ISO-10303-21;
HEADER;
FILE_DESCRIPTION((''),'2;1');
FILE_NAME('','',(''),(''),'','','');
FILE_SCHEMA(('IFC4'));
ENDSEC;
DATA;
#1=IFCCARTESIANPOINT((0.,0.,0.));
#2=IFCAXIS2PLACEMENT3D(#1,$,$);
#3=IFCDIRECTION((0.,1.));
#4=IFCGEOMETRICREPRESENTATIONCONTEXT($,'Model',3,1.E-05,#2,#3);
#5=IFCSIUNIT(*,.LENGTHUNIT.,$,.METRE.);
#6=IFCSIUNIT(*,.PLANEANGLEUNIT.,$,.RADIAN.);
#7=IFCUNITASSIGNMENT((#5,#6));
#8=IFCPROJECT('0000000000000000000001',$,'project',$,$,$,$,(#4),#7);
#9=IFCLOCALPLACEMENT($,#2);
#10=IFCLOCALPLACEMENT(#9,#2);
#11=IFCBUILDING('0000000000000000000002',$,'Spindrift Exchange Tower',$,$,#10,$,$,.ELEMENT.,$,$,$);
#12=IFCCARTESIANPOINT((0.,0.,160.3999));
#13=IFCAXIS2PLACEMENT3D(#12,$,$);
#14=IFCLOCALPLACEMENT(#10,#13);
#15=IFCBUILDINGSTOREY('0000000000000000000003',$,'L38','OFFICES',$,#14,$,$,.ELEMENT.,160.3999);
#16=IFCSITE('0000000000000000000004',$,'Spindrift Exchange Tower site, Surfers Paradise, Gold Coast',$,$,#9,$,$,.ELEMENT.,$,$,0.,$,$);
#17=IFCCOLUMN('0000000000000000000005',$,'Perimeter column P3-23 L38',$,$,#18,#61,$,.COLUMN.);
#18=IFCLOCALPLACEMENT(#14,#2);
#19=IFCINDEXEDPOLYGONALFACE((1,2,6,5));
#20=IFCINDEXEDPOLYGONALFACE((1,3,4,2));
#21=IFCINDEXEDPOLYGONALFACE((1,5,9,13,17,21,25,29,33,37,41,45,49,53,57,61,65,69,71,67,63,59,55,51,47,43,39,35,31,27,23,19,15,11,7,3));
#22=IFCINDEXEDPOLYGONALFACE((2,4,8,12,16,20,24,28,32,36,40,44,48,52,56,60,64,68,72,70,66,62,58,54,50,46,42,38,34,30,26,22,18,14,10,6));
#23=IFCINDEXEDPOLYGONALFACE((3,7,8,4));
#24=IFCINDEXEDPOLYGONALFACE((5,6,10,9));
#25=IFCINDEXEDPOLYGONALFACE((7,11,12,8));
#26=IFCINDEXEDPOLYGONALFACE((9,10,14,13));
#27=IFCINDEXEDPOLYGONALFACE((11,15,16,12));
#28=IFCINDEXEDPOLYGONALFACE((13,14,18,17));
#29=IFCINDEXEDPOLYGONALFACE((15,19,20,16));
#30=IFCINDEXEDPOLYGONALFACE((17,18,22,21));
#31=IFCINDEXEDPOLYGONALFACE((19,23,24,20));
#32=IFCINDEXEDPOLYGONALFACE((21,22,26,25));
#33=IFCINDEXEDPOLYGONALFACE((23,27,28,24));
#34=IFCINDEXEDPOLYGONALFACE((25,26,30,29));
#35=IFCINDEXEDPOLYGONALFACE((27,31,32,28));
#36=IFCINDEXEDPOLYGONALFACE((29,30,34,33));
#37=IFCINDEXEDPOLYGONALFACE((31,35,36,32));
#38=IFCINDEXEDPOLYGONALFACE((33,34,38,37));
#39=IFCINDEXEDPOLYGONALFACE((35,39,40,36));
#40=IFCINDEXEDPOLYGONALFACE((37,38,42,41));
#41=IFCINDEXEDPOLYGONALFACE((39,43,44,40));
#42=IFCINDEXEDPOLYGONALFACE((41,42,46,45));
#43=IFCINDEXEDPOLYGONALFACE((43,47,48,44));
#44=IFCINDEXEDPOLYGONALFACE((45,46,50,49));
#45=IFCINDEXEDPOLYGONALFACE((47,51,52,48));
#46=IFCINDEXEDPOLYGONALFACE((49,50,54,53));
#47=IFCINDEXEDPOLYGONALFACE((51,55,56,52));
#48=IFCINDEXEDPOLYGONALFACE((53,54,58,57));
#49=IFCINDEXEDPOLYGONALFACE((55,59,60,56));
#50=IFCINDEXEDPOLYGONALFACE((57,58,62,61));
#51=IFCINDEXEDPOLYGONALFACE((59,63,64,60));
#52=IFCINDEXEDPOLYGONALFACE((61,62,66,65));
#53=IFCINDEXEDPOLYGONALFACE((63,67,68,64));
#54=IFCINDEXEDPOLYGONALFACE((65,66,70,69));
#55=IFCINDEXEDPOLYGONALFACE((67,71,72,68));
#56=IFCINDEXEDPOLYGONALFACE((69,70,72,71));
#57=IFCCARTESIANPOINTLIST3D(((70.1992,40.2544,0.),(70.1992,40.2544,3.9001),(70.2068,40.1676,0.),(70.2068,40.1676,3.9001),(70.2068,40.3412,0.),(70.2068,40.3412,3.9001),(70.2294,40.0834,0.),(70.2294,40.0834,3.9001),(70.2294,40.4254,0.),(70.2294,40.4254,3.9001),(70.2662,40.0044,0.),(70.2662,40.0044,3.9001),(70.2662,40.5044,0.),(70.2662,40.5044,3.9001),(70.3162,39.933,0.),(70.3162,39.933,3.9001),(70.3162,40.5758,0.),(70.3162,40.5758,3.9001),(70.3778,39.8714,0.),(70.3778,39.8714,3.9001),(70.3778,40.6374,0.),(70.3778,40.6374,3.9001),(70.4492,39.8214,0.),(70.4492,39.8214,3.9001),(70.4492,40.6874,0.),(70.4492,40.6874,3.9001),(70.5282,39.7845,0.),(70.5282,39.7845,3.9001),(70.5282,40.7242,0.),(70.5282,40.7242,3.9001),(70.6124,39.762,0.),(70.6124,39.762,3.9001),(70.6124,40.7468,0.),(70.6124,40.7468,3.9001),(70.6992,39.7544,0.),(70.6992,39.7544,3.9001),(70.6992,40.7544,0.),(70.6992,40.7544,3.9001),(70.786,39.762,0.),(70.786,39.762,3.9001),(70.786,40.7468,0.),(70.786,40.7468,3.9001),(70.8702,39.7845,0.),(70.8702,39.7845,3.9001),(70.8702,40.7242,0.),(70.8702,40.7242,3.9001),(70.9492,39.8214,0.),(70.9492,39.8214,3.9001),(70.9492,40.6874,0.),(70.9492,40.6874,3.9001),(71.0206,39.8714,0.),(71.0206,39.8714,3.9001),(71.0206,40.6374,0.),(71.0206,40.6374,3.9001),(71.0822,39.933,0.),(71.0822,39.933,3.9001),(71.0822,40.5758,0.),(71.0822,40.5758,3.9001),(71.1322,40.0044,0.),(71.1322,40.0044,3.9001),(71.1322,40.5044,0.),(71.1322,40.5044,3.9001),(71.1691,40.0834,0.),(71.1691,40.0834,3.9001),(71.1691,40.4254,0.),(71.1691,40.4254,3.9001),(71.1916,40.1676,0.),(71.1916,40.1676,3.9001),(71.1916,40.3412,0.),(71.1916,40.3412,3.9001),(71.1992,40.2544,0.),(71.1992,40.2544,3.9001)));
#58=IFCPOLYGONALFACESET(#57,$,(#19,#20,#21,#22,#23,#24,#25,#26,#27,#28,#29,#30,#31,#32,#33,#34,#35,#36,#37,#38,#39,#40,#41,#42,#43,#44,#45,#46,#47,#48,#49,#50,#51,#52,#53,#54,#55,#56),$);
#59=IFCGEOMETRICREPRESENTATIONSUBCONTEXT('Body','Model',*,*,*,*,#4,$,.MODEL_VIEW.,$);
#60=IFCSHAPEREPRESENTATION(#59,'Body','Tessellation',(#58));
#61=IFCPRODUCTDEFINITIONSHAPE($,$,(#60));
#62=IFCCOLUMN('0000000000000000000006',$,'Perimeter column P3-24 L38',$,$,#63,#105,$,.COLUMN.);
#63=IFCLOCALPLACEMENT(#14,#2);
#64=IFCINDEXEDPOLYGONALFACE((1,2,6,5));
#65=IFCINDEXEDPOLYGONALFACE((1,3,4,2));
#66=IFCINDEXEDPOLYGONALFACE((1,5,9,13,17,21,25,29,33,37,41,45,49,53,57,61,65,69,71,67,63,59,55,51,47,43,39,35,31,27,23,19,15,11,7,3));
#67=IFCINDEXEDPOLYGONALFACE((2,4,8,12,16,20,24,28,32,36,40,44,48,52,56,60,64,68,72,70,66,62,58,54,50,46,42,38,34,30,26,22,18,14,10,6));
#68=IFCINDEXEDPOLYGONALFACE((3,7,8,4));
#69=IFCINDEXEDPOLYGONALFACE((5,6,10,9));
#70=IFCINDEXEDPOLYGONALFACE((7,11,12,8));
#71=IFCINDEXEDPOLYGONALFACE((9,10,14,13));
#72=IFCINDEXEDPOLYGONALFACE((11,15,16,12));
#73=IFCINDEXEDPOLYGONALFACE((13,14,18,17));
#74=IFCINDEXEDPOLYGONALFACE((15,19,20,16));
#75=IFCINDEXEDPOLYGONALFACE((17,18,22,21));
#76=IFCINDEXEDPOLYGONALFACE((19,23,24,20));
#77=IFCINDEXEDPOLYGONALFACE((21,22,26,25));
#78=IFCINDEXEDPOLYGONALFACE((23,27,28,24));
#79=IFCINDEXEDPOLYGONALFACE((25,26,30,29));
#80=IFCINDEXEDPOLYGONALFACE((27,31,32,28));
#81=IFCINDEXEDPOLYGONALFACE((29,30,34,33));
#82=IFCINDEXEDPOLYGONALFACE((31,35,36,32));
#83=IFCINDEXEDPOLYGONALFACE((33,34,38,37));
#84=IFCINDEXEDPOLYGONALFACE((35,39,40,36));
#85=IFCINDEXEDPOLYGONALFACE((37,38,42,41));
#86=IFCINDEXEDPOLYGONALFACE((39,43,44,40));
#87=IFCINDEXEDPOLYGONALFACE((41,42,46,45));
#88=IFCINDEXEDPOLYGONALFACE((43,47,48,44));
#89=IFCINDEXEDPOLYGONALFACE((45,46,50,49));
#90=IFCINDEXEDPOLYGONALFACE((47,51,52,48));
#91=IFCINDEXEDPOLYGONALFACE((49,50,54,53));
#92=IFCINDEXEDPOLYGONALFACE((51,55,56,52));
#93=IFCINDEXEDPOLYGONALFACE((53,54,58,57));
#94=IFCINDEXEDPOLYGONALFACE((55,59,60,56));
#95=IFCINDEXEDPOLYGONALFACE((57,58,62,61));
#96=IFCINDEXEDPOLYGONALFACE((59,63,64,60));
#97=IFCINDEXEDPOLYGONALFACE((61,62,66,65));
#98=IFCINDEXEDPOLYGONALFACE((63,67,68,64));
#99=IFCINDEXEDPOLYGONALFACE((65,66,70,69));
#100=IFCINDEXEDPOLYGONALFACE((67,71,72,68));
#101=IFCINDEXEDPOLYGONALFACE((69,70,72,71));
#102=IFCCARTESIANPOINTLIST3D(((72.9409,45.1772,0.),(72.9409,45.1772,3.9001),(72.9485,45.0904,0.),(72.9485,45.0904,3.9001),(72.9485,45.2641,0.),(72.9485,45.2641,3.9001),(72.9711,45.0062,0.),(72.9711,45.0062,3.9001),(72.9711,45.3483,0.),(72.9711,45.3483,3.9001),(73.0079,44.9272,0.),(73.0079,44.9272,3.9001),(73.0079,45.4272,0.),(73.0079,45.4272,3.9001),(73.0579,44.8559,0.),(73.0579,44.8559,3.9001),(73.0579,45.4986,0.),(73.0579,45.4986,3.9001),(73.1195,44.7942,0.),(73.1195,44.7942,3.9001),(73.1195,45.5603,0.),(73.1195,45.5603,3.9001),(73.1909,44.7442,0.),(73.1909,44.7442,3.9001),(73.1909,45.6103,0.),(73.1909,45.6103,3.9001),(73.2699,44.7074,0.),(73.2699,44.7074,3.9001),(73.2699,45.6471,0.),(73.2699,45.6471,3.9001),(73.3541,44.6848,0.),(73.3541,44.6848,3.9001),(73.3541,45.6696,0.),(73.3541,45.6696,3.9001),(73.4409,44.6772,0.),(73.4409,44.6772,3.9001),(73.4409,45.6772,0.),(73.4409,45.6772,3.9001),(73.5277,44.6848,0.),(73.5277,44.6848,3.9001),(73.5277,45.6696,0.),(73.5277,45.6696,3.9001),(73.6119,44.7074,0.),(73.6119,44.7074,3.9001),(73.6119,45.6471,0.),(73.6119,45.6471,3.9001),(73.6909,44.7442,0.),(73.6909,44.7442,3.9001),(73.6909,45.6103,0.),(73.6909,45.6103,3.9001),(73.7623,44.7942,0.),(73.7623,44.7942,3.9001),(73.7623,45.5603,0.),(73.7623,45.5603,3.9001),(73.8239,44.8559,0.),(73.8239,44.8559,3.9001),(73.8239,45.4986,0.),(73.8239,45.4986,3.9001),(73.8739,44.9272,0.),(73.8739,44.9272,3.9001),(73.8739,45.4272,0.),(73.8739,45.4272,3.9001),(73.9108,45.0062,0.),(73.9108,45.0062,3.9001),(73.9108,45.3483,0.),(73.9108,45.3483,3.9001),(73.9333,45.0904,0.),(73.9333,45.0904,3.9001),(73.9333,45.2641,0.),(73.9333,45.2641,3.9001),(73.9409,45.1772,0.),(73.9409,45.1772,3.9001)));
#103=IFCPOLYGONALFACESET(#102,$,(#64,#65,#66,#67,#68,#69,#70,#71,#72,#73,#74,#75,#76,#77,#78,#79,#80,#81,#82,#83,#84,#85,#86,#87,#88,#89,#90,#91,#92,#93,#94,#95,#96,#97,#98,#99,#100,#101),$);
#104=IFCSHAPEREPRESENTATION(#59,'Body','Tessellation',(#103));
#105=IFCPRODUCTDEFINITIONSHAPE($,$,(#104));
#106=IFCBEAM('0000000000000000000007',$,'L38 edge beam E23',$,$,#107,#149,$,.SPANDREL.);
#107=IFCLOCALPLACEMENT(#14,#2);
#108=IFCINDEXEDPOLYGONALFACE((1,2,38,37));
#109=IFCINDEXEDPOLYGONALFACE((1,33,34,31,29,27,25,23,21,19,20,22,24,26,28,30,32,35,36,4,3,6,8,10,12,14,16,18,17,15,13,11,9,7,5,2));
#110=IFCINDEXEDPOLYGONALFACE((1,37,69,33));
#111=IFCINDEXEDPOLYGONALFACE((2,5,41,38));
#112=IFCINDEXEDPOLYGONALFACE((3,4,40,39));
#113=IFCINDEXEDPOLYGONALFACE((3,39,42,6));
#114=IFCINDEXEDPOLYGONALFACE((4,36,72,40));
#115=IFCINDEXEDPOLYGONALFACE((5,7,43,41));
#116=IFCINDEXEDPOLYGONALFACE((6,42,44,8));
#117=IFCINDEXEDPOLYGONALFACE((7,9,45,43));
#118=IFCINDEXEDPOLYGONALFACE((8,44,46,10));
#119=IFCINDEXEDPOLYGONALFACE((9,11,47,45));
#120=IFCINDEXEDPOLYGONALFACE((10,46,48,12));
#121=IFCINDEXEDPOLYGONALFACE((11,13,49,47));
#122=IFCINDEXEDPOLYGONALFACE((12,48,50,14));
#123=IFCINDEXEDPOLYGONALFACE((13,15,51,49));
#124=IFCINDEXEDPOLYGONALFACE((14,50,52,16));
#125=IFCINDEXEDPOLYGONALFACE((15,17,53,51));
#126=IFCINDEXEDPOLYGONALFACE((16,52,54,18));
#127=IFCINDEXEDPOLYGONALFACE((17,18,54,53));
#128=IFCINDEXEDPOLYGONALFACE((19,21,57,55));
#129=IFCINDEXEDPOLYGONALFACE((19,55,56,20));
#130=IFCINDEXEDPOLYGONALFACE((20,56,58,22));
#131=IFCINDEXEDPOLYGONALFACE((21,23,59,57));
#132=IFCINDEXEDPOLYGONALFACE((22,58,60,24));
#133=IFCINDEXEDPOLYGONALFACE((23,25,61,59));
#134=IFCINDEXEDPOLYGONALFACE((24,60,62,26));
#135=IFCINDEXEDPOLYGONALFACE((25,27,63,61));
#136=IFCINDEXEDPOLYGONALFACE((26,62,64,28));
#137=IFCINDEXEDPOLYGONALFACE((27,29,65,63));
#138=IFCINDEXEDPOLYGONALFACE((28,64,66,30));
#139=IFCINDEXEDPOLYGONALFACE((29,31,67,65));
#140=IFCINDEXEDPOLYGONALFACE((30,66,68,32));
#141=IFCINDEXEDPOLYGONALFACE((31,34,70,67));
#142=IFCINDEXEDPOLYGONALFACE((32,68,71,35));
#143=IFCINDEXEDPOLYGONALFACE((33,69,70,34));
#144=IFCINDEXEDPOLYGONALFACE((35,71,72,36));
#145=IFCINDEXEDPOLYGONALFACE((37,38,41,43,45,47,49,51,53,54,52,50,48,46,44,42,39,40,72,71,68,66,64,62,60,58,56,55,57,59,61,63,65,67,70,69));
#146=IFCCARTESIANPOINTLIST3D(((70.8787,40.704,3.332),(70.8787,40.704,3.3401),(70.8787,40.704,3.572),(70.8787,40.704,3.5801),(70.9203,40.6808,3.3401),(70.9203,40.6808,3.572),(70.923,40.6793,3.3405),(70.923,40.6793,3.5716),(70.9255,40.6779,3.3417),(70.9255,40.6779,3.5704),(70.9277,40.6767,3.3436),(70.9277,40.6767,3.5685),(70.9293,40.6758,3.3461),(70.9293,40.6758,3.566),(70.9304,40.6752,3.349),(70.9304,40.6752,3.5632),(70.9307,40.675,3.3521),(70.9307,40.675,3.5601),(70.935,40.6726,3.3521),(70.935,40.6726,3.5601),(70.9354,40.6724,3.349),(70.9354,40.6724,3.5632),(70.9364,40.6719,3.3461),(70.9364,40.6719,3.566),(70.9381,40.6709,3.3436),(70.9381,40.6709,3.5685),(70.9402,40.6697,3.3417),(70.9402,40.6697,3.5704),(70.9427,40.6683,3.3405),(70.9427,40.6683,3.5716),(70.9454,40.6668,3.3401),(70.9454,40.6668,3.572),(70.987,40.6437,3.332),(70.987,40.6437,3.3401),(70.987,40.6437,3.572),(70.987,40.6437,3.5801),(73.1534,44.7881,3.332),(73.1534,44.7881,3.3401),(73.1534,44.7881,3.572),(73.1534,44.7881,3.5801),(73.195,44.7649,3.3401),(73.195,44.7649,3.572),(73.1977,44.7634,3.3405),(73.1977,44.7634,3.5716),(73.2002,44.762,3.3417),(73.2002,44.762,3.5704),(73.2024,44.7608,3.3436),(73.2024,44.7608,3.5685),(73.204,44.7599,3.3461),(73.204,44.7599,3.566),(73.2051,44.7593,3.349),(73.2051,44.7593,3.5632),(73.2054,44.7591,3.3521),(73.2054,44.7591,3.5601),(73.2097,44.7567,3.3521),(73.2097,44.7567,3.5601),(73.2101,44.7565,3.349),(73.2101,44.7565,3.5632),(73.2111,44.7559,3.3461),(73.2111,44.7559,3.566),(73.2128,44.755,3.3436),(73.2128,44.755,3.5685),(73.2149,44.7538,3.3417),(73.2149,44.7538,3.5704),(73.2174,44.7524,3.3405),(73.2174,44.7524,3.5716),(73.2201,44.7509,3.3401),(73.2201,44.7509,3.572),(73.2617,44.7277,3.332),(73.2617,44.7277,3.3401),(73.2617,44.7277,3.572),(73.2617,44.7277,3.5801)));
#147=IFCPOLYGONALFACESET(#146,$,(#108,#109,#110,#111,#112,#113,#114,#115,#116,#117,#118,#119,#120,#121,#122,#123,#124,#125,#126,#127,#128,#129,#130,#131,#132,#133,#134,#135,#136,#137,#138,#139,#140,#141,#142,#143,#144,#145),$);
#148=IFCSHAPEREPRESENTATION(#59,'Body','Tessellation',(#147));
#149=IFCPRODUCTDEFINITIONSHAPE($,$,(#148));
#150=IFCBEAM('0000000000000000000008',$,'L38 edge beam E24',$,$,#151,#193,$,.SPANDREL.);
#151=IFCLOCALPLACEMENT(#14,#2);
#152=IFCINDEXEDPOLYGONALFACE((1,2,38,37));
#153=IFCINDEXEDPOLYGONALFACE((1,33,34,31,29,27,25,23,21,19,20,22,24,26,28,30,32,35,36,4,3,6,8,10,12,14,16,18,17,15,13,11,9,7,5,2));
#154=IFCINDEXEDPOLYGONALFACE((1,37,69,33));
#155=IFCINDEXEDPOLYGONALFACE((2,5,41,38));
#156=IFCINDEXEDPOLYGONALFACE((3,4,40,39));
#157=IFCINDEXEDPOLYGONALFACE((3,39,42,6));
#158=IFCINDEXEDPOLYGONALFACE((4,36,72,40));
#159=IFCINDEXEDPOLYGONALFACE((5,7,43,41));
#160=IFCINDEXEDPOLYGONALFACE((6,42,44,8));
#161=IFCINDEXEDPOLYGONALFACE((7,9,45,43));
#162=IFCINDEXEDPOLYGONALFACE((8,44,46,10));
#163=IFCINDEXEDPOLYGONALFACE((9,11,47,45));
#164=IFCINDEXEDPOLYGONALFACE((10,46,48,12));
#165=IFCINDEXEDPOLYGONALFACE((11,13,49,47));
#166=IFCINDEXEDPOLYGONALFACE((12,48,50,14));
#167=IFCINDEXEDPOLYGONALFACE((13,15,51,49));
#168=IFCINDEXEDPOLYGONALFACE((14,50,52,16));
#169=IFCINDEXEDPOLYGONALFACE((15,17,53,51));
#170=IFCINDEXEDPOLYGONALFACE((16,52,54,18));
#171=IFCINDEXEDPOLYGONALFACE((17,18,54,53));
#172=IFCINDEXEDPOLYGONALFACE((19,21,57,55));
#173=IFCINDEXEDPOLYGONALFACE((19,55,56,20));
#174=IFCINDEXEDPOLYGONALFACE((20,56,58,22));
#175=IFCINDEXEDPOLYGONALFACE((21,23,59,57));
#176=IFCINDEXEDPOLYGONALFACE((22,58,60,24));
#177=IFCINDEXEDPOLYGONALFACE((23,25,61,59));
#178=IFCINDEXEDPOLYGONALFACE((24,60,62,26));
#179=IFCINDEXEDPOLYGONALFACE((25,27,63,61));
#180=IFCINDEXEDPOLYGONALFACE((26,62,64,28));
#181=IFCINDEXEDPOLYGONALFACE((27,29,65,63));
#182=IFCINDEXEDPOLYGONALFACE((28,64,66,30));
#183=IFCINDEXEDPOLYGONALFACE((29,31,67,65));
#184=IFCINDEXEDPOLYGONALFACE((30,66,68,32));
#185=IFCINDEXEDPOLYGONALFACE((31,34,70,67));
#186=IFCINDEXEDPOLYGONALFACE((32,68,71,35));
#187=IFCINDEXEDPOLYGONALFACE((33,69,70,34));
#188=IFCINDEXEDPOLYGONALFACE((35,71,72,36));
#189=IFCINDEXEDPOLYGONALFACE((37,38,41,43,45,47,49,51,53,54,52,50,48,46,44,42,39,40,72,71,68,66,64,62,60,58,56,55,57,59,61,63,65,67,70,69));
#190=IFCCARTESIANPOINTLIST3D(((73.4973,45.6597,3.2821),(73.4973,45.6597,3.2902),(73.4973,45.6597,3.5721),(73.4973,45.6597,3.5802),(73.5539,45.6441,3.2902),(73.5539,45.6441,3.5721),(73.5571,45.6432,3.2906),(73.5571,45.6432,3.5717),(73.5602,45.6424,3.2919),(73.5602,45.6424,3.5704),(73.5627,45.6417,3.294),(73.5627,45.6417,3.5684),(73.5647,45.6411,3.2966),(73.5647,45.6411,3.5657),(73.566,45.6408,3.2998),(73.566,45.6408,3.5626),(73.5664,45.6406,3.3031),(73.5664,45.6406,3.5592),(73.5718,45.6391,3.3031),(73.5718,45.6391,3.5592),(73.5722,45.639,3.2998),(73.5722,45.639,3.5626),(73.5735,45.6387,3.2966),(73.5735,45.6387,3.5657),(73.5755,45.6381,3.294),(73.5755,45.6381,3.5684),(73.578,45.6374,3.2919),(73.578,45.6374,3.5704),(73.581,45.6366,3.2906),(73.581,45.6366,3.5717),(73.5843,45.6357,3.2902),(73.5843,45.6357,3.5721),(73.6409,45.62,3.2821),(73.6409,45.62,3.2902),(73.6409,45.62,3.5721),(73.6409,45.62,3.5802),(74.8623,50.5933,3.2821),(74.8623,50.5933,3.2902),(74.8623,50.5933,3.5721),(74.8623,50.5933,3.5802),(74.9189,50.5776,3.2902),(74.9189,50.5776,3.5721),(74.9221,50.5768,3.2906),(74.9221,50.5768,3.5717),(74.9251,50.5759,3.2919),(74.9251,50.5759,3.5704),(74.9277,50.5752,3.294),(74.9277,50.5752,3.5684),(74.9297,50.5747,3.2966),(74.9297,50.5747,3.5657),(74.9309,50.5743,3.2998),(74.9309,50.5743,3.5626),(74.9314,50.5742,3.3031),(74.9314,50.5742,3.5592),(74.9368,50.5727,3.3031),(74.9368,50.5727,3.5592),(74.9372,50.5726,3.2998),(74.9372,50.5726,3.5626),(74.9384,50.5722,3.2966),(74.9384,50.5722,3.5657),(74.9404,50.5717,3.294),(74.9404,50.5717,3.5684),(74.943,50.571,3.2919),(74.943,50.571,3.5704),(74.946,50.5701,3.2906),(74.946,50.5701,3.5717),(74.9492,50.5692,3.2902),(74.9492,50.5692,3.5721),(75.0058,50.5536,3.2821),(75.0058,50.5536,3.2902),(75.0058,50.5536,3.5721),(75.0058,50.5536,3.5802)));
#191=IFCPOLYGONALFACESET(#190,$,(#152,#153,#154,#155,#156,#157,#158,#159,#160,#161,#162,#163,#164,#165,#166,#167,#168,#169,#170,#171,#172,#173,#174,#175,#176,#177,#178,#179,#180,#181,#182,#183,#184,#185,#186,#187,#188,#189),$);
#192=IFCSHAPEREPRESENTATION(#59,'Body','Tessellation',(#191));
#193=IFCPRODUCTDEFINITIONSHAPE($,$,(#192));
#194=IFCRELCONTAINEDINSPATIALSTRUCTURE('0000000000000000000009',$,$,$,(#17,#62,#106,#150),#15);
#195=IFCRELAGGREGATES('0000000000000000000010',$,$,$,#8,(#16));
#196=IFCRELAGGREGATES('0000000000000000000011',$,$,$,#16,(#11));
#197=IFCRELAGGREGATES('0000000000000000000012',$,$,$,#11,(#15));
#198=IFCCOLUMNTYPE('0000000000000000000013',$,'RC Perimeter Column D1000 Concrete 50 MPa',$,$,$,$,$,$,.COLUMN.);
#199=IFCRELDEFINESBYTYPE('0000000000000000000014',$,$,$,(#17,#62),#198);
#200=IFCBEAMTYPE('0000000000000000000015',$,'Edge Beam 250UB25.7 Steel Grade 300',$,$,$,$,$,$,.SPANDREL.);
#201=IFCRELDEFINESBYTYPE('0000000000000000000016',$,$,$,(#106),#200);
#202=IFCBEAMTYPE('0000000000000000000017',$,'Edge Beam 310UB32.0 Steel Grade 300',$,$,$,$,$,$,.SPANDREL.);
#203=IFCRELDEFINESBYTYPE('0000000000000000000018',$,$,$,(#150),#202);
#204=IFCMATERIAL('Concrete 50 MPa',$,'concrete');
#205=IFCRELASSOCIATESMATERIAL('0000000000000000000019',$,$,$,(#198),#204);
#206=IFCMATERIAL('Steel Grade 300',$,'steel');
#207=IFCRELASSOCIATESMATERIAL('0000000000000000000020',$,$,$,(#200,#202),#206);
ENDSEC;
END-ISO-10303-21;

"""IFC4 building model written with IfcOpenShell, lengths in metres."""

from ifc_helpers import new_model, si_unit, direction, frame, origin, origin_2d, place, context, subcontext, project, spatial, circle, i_section, extrude, source, transform, mapped, material, material_profile, profile_set, type_object, element, save


model = new_model("IFC4")

# Units and contexts
model_context = context("Model", 3, precision=1e-05, world=origin(), true_north=direction((0.0, 1.0)))
body_context = subcontext(model_context, "Body", "Model", "MODEL_VIEW")
ifc_project = project(units=[si_unit("LENGTHUNIT", "METRE"), si_unit("PLANEANGLEUNIT", "RADIAN")], contexts=[model_context])

# Site, building, storey
site_placement = place(None, origin())
site = spatial("IfcSite", under=ifc_project, at=site_placement, Name="Spindrift Exchange Tower site, Surfers Paradise, Gold Coast", CompositionType="ELEMENT", RefElevation=0.0)
building_placement = place(site_placement, origin())
building = spatial("IfcBuilding", under=site, at=building_placement, Name="Spindrift Exchange Tower", CompositionType="ELEMENT")
storey_placement = place(building_placement, frame((0.0, 0.0, 160.3999)))
storey = spatial("IfcBuildingStorey", under=building, at=storey_placement, Name="L38", Description="OFFICES", CompositionType="ELEMENT", Elevation=160.3999)

# Columns
ifc_material_1 = material(Name="Concrete 50 MPa", Category="concrete")
ifc_material_profile_1 = material_profile(ifc_material_1, circle(Radius=0.5, at=origin_2d()), Name="RC D1000")
ifc_profile_set_1 = profile_set([ifc_material_profile_1], Name="Concrete 50 MPa")
column_type = type_object("IfcColumnType", Name="RC Perimeter Column D1000 Concrete 50 MPa", PredefinedType="COLUMN", material=ifc_profile_set_1)
shared_shape_1 = source(origin(), body_context, "Body", "SweptSolid", [
    extrude(circle(Radius=0.5, at=origin_2d()), origin(), (0.0, 0.0, 1.0), 3.9001),
])
for number, where, z_axis, x_axis, name in (
    (1, (70.6992, 40.2544, 0.0), (0.0, 0.0, 1.0), (1.0, 0.0, 0.0), "Perimeter column P3-23 L38"),
    (2, (73.4409, 45.1772, 0.0), (0.0, 0.0, 1.0), (1.0, 0.0, 0.0), "Perimeter column P3-24 L38"),
):
    element("IfcColumn", number, at=place(storey_placement, frame(where, z_axis=z_axis, x_axis=x_axis)), inside=storey, type_object=column_type, Name=name, PredefinedType="COLUMN", context=body_context, shape_type="MappedRepresentation", body=[
        mapped(shared_shape_1, transform((0.0, 0.0, 0.0), scale=1.0)),
    ])

# Beams
ifc_material_2 = material(Name="Steel Grade 300", Category="steel")
ifc_material_profile_2 = material_profile(ifc_material_2, i_section(OverallWidth=0.124, OverallDepth=0.248, WebThickness=0.0049, FlangeThickness=0.0081, FilletRadius=0.012, at=origin_2d()), Name="250UB25.7")
ifc_profile_set_2 = profile_set([ifc_material_profile_2], Name="Steel Grade 300")
beam_type_1 = type_object("IfcBeamType", Name="Edge Beam 250UB25.7 Steel Grade 300", PredefinedType="SPANDREL", material=ifc_profile_set_2)
shared_shape_2 = source(origin(), body_context, "Body", "SweptSolid", [
    extrude(i_section(OverallWidth=0.124, OverallDepth=0.248, WebThickness=0.0049, FlangeThickness=0.0081, FilletRadius=0.012, at=origin_2d()), origin(), (0.0, 0.0, 1.0), 4.6748),
])
beam_1_placement = place(storey_placement, frame((70.9329, 40.6738, 3.4561), z_axis=(0.486587, 0.873632, 0.0), x_axis=(-0.873632, 0.486587, 0.0)))
element("IfcBeam", 3, at=beam_1_placement, inside=storey, type_object=beam_type_1, Name="L38 edge beam E23", PredefinedType="SPANDREL", context=body_context, shape_type="MappedRepresentation", body=[
    mapped(shared_shape_2, transform((0.0, 0.0, 0.0), scale=1.0)),
])
ifc_material_profile_3 = material_profile(ifc_material_2, i_section(OverallWidth=0.1489, OverallDepth=0.2981, WebThickness=0.0056, FlangeThickness=0.0081, FilletRadius=0.0129, at=origin_2d()), Name="310UB32.0")
ifc_profile_set_3 = profile_set([ifc_material_profile_3], Name="Steel Grade 300")
beam_type_2 = type_object("IfcBeamType", Name="Edge Beam 310UB32.0 Steel Grade 300", PredefinedType="SPANDREL", material=ifc_profile_set_3)
shared_shape_3 = source(origin(), body_context, "Body", "SweptSolid", [
    extrude(i_section(OverallWidth=0.1489, OverallDepth=0.2981, WebThickness=0.0056, FlangeThickness=0.0081, FilletRadius=0.0129, at=origin_2d()), origin(), (0.0, 0.0, 1.0), 5.1189),
])
beam_2_placement = place(storey_placement, frame((73.5691, 45.6399, 3.4312), z_axis=(0.266655, 0.963792, 0.0), x_axis=(-0.963792, 0.266655, 0.0)))
element("IfcBeam", 4, at=beam_2_placement, inside=storey, type_object=beam_type_2, Name="L38 edge beam E24", PredefinedType="SPANDREL", context=body_context, shape_type="MappedRepresentation", body=[
    mapped(shared_shape_3, transform((0.0, 0.0, 0.0), scale=1.0)),
])

save(model, "model.ifc")
